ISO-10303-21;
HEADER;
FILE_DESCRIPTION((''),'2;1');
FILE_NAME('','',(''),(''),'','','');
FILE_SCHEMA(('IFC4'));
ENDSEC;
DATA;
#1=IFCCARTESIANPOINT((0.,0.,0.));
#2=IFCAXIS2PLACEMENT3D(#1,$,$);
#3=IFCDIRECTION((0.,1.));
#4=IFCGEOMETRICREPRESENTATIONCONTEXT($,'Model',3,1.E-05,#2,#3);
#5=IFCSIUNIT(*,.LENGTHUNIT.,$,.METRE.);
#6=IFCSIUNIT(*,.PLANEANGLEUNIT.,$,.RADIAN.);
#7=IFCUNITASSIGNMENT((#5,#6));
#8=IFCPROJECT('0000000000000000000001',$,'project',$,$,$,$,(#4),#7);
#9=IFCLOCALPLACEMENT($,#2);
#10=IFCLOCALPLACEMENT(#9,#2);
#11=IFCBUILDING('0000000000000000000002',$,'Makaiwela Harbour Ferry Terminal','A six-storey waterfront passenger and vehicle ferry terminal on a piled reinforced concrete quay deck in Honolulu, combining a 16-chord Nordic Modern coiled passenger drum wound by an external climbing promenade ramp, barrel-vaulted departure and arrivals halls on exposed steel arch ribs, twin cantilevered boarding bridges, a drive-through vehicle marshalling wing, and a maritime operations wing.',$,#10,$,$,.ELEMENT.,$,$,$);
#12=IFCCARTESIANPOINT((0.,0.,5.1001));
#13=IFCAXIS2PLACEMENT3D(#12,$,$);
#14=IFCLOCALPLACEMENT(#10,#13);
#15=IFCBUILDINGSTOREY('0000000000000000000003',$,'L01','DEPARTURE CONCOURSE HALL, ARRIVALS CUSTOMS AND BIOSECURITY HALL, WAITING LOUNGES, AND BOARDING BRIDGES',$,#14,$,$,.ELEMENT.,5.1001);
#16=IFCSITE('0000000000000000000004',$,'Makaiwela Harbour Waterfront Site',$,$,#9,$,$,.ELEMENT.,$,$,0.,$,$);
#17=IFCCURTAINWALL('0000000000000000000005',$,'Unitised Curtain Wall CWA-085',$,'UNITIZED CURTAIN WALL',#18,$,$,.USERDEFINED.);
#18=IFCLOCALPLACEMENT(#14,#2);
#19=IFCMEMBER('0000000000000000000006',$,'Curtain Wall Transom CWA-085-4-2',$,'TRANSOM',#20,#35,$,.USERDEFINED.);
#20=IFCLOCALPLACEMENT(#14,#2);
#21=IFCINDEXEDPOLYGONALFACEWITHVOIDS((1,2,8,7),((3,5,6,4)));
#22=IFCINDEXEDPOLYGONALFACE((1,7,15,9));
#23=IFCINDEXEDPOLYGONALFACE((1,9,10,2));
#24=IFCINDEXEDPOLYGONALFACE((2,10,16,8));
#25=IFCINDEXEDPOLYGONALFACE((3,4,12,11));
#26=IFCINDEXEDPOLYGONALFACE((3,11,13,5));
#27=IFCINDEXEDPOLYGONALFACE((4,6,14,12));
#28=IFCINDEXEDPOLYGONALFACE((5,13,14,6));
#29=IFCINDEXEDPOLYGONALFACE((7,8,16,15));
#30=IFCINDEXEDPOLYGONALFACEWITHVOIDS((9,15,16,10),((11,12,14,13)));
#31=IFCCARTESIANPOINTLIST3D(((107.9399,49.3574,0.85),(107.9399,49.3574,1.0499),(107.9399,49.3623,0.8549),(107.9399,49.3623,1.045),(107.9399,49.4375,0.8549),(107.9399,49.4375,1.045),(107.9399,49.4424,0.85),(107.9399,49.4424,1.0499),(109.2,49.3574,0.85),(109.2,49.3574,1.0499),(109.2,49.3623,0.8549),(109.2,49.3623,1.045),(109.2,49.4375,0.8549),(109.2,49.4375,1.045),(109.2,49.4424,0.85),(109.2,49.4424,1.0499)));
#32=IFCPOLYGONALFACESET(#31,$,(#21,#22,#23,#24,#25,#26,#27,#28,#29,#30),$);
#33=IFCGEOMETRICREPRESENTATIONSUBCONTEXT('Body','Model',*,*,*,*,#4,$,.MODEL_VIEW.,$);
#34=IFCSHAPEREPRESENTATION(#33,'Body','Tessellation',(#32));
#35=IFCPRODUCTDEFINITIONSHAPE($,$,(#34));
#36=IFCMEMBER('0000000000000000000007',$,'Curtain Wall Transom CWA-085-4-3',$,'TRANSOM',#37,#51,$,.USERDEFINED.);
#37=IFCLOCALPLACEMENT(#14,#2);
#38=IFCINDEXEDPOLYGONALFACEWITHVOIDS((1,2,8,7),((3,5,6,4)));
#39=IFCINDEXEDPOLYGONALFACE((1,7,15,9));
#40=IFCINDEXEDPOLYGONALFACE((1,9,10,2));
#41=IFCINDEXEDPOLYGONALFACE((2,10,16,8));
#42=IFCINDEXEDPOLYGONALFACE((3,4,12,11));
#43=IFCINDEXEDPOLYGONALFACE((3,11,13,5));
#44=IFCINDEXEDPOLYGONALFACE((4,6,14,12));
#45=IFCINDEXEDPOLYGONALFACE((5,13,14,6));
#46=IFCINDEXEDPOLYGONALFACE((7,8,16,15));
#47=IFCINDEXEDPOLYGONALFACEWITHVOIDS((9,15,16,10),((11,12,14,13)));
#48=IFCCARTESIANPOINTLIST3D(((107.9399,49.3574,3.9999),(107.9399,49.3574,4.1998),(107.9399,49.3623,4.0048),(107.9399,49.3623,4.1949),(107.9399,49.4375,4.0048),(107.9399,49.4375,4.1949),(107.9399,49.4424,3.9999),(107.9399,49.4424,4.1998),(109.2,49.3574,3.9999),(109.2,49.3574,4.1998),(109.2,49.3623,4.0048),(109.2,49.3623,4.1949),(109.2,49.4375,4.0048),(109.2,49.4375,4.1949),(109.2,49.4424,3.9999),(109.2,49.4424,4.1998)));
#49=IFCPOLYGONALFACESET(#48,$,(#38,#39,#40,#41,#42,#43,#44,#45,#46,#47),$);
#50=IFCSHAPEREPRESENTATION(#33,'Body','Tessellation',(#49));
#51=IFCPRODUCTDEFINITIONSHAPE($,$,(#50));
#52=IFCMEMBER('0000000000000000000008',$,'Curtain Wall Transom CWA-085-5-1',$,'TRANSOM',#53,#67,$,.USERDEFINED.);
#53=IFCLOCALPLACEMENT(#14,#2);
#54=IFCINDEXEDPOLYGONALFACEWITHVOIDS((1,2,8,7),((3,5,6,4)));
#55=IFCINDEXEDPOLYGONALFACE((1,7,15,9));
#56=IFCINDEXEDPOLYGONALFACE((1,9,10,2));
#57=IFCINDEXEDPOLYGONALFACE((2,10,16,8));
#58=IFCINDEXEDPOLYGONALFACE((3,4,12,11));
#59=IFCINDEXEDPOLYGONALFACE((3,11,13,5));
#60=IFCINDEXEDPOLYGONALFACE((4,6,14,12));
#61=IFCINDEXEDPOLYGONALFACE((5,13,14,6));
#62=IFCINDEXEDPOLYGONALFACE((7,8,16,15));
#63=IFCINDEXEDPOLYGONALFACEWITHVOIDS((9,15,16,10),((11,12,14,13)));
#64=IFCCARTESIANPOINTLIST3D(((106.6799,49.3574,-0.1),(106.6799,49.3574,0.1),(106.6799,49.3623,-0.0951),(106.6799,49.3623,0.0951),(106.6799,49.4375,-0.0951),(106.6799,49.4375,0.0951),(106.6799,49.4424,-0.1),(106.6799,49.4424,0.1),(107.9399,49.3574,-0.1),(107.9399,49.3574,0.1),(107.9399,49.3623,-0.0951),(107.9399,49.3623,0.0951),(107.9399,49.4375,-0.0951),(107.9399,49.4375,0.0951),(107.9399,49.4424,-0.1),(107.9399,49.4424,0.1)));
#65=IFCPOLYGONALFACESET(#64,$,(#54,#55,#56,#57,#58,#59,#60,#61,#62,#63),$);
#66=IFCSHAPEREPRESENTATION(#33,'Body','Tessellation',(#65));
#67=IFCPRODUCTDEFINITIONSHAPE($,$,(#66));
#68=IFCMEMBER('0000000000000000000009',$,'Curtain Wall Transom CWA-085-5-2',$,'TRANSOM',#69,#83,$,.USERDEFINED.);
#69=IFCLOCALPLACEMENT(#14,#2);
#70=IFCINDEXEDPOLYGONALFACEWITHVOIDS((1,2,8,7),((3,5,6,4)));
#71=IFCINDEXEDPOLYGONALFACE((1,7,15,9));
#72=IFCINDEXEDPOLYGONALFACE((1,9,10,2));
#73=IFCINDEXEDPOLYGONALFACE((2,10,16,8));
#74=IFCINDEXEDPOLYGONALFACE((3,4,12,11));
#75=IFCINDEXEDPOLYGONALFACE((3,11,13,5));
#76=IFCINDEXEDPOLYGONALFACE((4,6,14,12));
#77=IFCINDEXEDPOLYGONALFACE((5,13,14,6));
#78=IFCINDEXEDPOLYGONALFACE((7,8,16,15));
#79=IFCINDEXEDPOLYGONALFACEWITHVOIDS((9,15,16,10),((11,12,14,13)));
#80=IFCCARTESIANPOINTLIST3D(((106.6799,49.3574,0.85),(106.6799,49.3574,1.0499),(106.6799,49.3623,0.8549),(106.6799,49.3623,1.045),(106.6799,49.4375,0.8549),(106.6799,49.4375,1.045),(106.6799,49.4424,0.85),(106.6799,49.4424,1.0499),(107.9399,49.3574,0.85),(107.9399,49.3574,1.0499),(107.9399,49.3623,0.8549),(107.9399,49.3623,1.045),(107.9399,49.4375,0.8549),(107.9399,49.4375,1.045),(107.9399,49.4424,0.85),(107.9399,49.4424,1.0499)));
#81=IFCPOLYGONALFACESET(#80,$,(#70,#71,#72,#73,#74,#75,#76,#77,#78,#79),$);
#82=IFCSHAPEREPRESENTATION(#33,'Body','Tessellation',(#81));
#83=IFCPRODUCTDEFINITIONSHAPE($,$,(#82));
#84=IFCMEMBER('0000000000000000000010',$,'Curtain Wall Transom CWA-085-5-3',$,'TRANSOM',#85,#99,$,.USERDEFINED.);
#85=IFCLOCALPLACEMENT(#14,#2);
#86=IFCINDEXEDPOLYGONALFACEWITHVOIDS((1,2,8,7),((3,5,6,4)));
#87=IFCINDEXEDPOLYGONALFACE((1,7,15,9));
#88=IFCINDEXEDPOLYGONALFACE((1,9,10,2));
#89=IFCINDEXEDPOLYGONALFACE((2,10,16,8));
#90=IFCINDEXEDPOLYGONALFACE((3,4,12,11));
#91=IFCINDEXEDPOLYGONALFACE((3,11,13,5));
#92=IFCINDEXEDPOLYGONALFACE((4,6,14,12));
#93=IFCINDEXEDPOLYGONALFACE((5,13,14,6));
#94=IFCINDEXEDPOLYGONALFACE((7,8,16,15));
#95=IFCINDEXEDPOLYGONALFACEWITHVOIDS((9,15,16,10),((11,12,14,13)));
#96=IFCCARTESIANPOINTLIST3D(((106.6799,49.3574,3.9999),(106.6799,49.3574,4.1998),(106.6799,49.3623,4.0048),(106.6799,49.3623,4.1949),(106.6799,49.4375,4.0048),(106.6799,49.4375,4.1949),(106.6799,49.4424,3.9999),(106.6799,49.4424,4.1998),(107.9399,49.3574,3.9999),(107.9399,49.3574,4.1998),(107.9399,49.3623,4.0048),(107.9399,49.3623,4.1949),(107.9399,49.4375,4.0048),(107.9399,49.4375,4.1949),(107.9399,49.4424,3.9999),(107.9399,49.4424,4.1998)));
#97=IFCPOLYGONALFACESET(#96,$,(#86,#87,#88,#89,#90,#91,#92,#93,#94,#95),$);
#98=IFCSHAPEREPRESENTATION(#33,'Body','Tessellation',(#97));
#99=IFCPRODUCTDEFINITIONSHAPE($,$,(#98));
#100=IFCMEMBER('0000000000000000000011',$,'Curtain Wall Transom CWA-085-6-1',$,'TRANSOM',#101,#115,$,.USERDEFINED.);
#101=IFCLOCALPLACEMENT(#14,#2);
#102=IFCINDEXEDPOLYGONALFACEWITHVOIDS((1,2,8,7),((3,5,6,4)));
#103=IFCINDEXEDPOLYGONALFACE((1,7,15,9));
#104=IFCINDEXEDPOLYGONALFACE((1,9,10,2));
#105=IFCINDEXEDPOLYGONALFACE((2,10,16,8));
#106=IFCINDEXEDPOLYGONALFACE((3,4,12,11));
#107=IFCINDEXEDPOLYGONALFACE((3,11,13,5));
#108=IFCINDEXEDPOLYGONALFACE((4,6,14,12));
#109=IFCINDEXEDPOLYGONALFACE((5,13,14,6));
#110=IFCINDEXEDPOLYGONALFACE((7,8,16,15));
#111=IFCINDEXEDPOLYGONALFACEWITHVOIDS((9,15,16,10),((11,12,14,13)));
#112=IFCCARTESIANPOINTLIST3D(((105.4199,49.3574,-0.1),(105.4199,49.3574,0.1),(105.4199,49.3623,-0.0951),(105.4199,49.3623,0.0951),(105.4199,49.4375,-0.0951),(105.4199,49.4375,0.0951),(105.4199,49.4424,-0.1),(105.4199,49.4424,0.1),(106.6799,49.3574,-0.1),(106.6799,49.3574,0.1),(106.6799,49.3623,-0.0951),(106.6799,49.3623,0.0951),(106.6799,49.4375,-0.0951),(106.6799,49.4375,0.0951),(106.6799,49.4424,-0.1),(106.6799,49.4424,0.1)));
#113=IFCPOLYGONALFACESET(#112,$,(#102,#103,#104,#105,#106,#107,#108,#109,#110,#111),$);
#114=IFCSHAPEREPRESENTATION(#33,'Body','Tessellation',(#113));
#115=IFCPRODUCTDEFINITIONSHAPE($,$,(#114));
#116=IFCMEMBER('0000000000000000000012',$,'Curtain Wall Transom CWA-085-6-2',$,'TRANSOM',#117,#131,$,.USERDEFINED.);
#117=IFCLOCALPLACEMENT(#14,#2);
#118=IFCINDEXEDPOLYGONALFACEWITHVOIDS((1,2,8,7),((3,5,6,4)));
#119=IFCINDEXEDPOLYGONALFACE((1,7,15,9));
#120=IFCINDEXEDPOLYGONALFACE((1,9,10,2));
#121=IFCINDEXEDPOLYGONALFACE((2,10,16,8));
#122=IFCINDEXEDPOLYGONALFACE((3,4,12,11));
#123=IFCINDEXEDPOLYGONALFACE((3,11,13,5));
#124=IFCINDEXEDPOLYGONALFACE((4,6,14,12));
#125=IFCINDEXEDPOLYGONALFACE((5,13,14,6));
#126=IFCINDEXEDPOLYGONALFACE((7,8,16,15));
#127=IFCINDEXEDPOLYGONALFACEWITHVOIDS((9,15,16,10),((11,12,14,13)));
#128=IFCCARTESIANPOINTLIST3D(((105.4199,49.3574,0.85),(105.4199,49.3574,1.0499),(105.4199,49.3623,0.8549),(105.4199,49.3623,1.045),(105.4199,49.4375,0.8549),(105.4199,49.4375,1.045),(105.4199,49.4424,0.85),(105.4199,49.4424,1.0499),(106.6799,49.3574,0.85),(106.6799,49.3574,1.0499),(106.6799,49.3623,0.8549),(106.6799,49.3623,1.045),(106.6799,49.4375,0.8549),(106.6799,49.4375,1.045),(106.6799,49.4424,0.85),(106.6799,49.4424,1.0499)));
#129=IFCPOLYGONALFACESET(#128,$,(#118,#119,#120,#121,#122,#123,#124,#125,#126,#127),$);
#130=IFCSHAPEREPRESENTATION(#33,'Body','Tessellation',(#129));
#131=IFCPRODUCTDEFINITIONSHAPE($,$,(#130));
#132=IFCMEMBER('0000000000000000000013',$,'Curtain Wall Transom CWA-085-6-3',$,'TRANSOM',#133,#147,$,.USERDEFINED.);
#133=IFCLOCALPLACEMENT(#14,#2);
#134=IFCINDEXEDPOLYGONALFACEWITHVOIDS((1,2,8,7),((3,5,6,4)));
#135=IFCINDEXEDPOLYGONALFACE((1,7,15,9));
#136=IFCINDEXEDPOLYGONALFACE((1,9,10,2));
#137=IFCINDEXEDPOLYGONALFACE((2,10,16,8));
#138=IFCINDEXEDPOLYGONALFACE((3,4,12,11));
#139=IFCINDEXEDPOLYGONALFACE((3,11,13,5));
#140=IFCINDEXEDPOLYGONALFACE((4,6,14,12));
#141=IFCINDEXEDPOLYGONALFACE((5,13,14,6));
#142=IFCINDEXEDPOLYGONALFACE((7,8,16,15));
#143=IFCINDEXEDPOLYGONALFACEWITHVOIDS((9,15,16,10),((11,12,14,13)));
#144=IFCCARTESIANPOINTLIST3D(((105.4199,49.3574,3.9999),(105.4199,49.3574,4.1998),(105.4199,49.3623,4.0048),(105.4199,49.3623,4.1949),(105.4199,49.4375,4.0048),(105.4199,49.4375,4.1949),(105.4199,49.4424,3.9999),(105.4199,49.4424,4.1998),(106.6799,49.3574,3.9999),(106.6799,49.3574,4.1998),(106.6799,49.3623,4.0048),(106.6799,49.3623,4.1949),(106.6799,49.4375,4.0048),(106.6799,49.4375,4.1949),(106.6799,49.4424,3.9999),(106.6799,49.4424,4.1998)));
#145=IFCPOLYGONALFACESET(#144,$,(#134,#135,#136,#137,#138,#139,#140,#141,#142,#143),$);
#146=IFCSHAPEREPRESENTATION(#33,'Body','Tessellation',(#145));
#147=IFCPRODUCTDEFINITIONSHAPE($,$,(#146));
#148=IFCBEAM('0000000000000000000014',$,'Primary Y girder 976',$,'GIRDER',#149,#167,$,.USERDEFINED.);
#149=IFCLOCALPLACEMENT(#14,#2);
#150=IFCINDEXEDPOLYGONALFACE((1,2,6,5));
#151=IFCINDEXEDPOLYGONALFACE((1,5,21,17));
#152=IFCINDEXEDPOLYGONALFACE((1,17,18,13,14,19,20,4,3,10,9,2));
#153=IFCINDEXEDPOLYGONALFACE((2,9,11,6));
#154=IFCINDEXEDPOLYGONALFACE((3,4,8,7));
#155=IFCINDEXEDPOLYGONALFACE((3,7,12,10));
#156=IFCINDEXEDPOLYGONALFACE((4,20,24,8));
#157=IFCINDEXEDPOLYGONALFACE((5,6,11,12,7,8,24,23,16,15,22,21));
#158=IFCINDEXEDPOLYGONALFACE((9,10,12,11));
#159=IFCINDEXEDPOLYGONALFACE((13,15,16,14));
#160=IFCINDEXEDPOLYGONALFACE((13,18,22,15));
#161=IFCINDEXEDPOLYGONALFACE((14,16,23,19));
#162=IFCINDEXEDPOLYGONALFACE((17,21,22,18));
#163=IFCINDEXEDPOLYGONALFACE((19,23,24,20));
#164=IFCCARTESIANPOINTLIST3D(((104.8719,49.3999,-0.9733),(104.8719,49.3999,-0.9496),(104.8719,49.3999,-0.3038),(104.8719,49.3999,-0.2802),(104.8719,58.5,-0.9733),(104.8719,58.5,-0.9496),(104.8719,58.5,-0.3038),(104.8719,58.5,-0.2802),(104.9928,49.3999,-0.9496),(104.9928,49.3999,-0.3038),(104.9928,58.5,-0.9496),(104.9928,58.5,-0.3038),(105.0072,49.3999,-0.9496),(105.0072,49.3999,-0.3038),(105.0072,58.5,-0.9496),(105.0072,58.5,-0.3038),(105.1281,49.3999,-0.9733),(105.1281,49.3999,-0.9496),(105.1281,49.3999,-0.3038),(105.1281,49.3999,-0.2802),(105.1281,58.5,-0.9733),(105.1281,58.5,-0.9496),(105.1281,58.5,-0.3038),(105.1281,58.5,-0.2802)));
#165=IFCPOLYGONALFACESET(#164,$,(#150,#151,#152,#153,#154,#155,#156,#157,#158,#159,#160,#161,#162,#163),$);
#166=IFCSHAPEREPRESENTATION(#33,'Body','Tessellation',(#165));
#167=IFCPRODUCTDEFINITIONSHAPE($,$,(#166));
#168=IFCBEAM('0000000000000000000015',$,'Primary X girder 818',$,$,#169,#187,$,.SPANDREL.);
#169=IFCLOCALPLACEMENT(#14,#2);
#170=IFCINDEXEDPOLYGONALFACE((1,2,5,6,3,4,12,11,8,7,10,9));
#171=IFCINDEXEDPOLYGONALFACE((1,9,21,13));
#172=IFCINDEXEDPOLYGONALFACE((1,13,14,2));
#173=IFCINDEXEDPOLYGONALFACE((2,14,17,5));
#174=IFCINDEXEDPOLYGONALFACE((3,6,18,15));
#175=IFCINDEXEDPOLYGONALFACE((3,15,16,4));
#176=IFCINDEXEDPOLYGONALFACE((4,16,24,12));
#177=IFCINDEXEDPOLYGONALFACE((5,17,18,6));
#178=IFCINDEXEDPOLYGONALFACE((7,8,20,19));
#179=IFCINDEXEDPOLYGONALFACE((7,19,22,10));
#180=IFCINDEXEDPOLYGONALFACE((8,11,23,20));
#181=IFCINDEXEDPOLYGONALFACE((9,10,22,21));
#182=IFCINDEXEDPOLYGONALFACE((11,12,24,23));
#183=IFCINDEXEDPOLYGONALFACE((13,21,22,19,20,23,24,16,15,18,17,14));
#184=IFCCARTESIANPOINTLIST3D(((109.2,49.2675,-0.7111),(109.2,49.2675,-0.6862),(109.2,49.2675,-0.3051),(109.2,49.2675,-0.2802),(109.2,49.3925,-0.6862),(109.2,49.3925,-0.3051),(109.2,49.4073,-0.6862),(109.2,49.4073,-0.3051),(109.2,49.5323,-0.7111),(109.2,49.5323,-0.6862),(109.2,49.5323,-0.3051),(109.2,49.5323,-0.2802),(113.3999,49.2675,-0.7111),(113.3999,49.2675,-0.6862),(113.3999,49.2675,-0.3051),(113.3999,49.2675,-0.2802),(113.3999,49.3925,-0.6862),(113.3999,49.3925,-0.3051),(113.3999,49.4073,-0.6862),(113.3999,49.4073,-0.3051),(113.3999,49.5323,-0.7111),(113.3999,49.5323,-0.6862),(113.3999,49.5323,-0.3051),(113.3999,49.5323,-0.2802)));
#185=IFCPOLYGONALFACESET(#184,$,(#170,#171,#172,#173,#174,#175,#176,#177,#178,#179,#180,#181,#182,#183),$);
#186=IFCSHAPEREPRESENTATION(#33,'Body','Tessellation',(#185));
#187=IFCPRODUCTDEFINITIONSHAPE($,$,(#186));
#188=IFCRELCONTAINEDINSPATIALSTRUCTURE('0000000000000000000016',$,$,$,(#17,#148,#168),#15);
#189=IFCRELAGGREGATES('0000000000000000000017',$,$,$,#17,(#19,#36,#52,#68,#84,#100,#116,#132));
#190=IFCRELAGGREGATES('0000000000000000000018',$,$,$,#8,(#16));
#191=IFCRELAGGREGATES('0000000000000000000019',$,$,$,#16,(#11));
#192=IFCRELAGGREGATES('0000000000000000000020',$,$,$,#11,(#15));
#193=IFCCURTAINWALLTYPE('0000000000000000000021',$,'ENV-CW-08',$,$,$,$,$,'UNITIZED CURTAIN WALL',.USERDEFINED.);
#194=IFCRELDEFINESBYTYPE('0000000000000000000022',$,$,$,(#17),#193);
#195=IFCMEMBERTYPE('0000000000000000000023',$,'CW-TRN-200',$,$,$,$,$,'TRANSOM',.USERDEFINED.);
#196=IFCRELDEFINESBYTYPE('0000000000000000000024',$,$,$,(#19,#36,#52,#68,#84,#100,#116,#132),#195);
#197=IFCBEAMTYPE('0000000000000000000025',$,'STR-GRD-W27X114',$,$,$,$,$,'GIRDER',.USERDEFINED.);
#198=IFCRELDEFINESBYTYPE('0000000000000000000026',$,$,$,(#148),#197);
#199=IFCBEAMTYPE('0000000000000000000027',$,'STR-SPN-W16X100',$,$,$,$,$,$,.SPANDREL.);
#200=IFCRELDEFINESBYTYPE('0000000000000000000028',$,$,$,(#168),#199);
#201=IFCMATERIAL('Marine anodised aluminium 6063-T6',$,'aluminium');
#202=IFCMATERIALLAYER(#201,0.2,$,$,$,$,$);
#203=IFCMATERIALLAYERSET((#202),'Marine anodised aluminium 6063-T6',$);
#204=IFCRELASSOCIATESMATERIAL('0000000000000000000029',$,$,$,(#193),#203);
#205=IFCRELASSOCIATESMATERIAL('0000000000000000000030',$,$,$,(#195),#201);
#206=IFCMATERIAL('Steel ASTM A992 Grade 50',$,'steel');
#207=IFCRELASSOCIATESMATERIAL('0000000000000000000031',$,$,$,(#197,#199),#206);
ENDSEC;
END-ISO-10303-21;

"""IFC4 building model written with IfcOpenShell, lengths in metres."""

from ifc_helpers import new_model, si_unit, direction, frame, origin, origin_2d, place, context, subcontext, project, spatial, hollow_rectangle, i_section, extrude, material, layer, layer_set, material_profile, profile_set, type_object, element, aggregate, save


model = new_model("IFC4")

# Units and contexts
model_context = context("Model", 3, precision=1e-05, world=origin(), true_north=direction((0.0, 1.0)))
body_context = subcontext(model_context, "Body", "Model", "MODEL_VIEW")
ifc_project = project(units=[si_unit("LENGTHUNIT", "METRE"), si_unit("PLANEANGLEUNIT", "RADIAN")], contexts=[model_context])

# Site, building, storey
site_placement = place(None, origin())
site = spatial("IfcSite", under=ifc_project, at=site_placement, Name="Makaiwela Harbour Waterfront Site", CompositionType="ELEMENT", RefElevation=0.0)
building_placement = place(site_placement, origin())
building = spatial("IfcBuilding", under=site, at=building_placement, Name="Makaiwela Harbour Ferry Terminal", Description="A six-storey waterfront passenger and vehicle ferry terminal on a piled reinforced concrete quay deck in Honolulu, combining a 16-chord Nordic Modern coiled passenger drum wound by an external climbing promenade ramp, barrel-vaulted departure and arrivals halls on exposed steel arch ribs, twin cantilevered boarding bridges, a drive-through vehicle marshalling wing, and a maritime operations wing.", CompositionType="ELEMENT")
storey_placement = place(building_placement, frame((0.0, 0.0, 5.1001)))
storey = spatial("IfcBuildingStorey", under=building, at=storey_placement, Name="L01", Description="DEPARTURE CONCOURSE HALL, ARRIVALS CUSTOMS AND BIOSECURITY HALL, WAITING LOUNGES, AND BOARDING BRIDGES", CompositionType="ELEMENT", Elevation=5.1001)

# Shared definitions
ifc_material_1 = material(Name="Steel ASTM A992 Grade 50", Category="steel")

# Curtain wall, members
ifc_material_2 = material(Name="Marine anodised aluminium 6063-T6", Category="aluminium")
ifc_layer_1 = layer(ifc_material_2, 0.2)
ifc_layer_set_1 = layer_set([ifc_layer_1], Name="Marine anodised aluminium 6063-T6")
curtain_wall_type = type_object("IfcCurtainWallType", Name="ENV-CW-08", ElementType="UNITIZED CURTAIN WALL", PredefinedType="USERDEFINED", material=ifc_layer_set_1)
curtain_wall_placement = place(storey_placement, origin())
curtain_wall = element("IfcCurtainWall", 1, at=curtain_wall_placement, inside=storey, type_object=curtain_wall_type, Name="Unitised Curtain Wall CWA-085", ObjectType="UNITIZED CURTAIN WALL", PredefinedType="USERDEFINED")
ifc_material_profile_1 = material_profile(ifc_material_2, hollow_rectangle(XDim=0.085, YDim=0.2, WallThickness=0.0049, at=origin_2d()), Name="CWT-200X85")
ifc_profile_set_1 = profile_set([ifc_material_profile_1], Name="Marine anodised aluminium 6063-T6")
member_type_1 = type_object("IfcMemberType", Name="CW-TRN-200", ElementType="TRANSOM", PredefinedType="USERDEFINED", material=ifc_profile_set_1)
member_1_placement = place(storey_placement, frame((109.2, 49.3999, 0.95), z_axis=(-1.0, 0.0, 0.0), x_axis=(0.0, -1.0, 0.0)))
member_1 = element("IfcMember", 2, at=member_1_placement, type_object=member_type_1, Name="Curtain Wall Transom CWA-085-4-2", ObjectType="TRANSOM", PredefinedType="USERDEFINED", context=body_context, shape_type="SweptSolid", body=[
    extrude(hollow_rectangle(XDim=0.085, YDim=0.2, WallThickness=0.0049, at=origin_2d()), origin(), (0.0, 0.0, 1.0), 1.26),
])
member_2_placement = place(storey_placement, frame((109.2, 49.3999, 4.0999), z_axis=(-1.0, 0.0, 0.0), x_axis=(0.0, -1.0, 0.0)))
member_2 = element("IfcMember", 3, at=member_2_placement, type_object=member_type_1, Name="Curtain Wall Transom CWA-085-4-3", ObjectType="TRANSOM", PredefinedType="USERDEFINED", context=body_context, shape_type="SweptSolid", body=[
    extrude(hollow_rectangle(XDim=0.085, YDim=0.2, WallThickness=0.0049, at=origin_2d()), origin(), (0.0, 0.0, 1.0), 1.26),
])
member_3_placement = place(storey_placement, frame((107.9399, 49.3999, 0.0), z_axis=(-1.0, 0.0, 0.0), x_axis=(0.0, -1.0, 0.0)))
member_3 = element("IfcMember", 4, at=member_3_placement, type_object=member_type_1, Name="Curtain Wall Transom CWA-085-5-1", ObjectType="TRANSOM", PredefinedType="USERDEFINED", context=body_context, shape_type="SweptSolid", body=[
    extrude(hollow_rectangle(XDim=0.085, YDim=0.2, WallThickness=0.0049, at=origin_2d()), origin(), (0.0, 0.0, 1.0), 1.26),
])
member_4_placement = place(storey_placement, frame((107.9399, 49.3999, 0.95), z_axis=(-1.0, 0.0, 0.0), x_axis=(0.0, -1.0, 0.0)))
member_4 = element("IfcMember", 5, at=member_4_placement, type_object=member_type_1, Name="Curtain Wall Transom CWA-085-5-2", ObjectType="TRANSOM", PredefinedType="USERDEFINED", context=body_context, shape_type="SweptSolid", body=[
    extrude(hollow_rectangle(XDim=0.085, YDim=0.2, WallThickness=0.0049, at=origin_2d()), origin(), (0.0, 0.0, 1.0), 1.26),
])
member_5_placement = place(storey_placement, frame((107.9399, 49.3999, 4.0999), z_axis=(-1.0, 0.0, 0.0), x_axis=(0.0, -1.0, 0.0)))
member_5 = element("IfcMember", 6, at=member_5_placement, type_object=member_type_1, Name="Curtain Wall Transom CWA-085-5-3", ObjectType="TRANSOM", PredefinedType="USERDEFINED", context=body_context, shape_type="SweptSolid", body=[
    extrude(hollow_rectangle(XDim=0.085, YDim=0.2, WallThickness=0.0049, at=origin_2d()), origin(), (0.0, 0.0, 1.0), 1.26),
])
member_6_placement = place(storey_placement, frame((106.6799, 49.3999, 0.0), z_axis=(-1.0, 0.0, 0.0), x_axis=(0.0, -1.0, 0.0)))
member_6 = element("IfcMember", 7, at=member_6_placement, type_object=member_type_1, Name="Curtain Wall Transom CWA-085-6-1", ObjectType="TRANSOM", PredefinedType="USERDEFINED", context=body_context, shape_type="SweptSolid", body=[
    extrude(hollow_rectangle(XDim=0.085, YDim=0.2, WallThickness=0.0049, at=origin_2d()), origin(), (0.0, 0.0, 1.0), 1.26),
])
member_7_placement = place(storey_placement, frame((106.6799, 49.3999, 0.95), z_axis=(-1.0, 0.0, 0.0), x_axis=(0.0, -1.0, 0.0)))
member_7 = element("IfcMember", 8, at=member_7_placement, type_object=member_type_1, Name="Curtain Wall Transom CWA-085-6-2", ObjectType="TRANSOM", PredefinedType="USERDEFINED", context=body_context, shape_type="SweptSolid", body=[
    extrude(hollow_rectangle(XDim=0.085, YDim=0.2, WallThickness=0.0049, at=origin_2d()), origin(), (0.0, 0.0, 1.0), 1.26),
])
member_8_placement = place(storey_placement, frame((106.6799, 49.3999, 4.0999), z_axis=(-1.0, 0.0, 0.0), x_axis=(0.0, -1.0, 0.0)))
member_8 = element("IfcMember", 9, at=member_8_placement, type_object=member_type_1, Name="Curtain Wall Transom CWA-085-6-3", ObjectType="TRANSOM", PredefinedType="USERDEFINED", context=body_context, shape_type="SweptSolid", body=[
    extrude(hollow_rectangle(XDim=0.085, YDim=0.2, WallThickness=0.0049, at=origin_2d()), origin(), (0.0, 0.0, 1.0), 1.26),
])

# Beams
ifc_material_profile_2 = material_profile(ifc_material_1, i_section(OverallWidth=0.2561, OverallDepth=0.6931, WebThickness=0.0144, FlangeThickness=0.0237, at=origin_2d()), Name="W27X114")
ifc_profile_set_2 = profile_set([ifc_material_profile_2], Name="Steel ASTM A992 Grade 50")
beam_type_1 = type_object("IfcBeamType", Name="STR-GRD-W27X114", ElementType="GIRDER", PredefinedType="USERDEFINED", material=ifc_profile_set_2)
beam_1_placement = place(storey_placement, frame((105.0, 49.3999, -0.6267), z_axis=(0.0, 1.0, 0.0), x_axis=(-1.0, 0.0, 0.0)))
element("IfcBeam", 10, at=beam_1_placement, inside=storey, type_object=beam_type_1, Name="Primary Y girder 976", ObjectType="GIRDER", PredefinedType="USERDEFINED", context=body_context, shape_type="SweptSolid", body=[
    extrude(i_section(OverallWidth=0.2561, OverallDepth=0.6931, WebThickness=0.0144, FlangeThickness=0.0237, at=origin_2d()), origin(), (0.0, 0.0, 1.0), 9.1001),
])
ifc_material_profile_3 = material_profile(ifc_material_1, i_section(OverallWidth=0.2649, OverallDepth=0.4309, WebThickness=0.0149, FlangeThickness=0.0249, at=origin_2d()), Name="W16X100")
ifc_profile_set_3 = profile_set([ifc_material_profile_3], Name="Steel ASTM A992 Grade 50")
beam_type_2 = type_object("IfcBeamType", Name="STR-SPN-W16X100", PredefinedType="SPANDREL", material=ifc_profile_set_3)
beam_2_placement = place(storey_placement, frame((109.2, 49.3999, -0.4956), z_axis=(1.0, 0.0, 0.0), x_axis=(0.0, 1.0, 0.0)))
element("IfcBeam", 11, at=beam_2_placement, inside=storey, type_object=beam_type_2, Name="Primary X girder 818", PredefinedType="SPANDREL", context=body_context, shape_type="SweptSolid", body=[
    extrude(i_section(OverallWidth=0.2649, OverallDepth=0.4309, WebThickness=0.0149, FlangeThickness=0.0249, at=origin_2d()), origin(), (0.0, 0.0, 1.0), 4.2),
])

aggregate(curtain_wall, [member_1, member_2, member_3, member_4, member_5, member_6, member_7, member_8])

save(model, "model.ifc")
